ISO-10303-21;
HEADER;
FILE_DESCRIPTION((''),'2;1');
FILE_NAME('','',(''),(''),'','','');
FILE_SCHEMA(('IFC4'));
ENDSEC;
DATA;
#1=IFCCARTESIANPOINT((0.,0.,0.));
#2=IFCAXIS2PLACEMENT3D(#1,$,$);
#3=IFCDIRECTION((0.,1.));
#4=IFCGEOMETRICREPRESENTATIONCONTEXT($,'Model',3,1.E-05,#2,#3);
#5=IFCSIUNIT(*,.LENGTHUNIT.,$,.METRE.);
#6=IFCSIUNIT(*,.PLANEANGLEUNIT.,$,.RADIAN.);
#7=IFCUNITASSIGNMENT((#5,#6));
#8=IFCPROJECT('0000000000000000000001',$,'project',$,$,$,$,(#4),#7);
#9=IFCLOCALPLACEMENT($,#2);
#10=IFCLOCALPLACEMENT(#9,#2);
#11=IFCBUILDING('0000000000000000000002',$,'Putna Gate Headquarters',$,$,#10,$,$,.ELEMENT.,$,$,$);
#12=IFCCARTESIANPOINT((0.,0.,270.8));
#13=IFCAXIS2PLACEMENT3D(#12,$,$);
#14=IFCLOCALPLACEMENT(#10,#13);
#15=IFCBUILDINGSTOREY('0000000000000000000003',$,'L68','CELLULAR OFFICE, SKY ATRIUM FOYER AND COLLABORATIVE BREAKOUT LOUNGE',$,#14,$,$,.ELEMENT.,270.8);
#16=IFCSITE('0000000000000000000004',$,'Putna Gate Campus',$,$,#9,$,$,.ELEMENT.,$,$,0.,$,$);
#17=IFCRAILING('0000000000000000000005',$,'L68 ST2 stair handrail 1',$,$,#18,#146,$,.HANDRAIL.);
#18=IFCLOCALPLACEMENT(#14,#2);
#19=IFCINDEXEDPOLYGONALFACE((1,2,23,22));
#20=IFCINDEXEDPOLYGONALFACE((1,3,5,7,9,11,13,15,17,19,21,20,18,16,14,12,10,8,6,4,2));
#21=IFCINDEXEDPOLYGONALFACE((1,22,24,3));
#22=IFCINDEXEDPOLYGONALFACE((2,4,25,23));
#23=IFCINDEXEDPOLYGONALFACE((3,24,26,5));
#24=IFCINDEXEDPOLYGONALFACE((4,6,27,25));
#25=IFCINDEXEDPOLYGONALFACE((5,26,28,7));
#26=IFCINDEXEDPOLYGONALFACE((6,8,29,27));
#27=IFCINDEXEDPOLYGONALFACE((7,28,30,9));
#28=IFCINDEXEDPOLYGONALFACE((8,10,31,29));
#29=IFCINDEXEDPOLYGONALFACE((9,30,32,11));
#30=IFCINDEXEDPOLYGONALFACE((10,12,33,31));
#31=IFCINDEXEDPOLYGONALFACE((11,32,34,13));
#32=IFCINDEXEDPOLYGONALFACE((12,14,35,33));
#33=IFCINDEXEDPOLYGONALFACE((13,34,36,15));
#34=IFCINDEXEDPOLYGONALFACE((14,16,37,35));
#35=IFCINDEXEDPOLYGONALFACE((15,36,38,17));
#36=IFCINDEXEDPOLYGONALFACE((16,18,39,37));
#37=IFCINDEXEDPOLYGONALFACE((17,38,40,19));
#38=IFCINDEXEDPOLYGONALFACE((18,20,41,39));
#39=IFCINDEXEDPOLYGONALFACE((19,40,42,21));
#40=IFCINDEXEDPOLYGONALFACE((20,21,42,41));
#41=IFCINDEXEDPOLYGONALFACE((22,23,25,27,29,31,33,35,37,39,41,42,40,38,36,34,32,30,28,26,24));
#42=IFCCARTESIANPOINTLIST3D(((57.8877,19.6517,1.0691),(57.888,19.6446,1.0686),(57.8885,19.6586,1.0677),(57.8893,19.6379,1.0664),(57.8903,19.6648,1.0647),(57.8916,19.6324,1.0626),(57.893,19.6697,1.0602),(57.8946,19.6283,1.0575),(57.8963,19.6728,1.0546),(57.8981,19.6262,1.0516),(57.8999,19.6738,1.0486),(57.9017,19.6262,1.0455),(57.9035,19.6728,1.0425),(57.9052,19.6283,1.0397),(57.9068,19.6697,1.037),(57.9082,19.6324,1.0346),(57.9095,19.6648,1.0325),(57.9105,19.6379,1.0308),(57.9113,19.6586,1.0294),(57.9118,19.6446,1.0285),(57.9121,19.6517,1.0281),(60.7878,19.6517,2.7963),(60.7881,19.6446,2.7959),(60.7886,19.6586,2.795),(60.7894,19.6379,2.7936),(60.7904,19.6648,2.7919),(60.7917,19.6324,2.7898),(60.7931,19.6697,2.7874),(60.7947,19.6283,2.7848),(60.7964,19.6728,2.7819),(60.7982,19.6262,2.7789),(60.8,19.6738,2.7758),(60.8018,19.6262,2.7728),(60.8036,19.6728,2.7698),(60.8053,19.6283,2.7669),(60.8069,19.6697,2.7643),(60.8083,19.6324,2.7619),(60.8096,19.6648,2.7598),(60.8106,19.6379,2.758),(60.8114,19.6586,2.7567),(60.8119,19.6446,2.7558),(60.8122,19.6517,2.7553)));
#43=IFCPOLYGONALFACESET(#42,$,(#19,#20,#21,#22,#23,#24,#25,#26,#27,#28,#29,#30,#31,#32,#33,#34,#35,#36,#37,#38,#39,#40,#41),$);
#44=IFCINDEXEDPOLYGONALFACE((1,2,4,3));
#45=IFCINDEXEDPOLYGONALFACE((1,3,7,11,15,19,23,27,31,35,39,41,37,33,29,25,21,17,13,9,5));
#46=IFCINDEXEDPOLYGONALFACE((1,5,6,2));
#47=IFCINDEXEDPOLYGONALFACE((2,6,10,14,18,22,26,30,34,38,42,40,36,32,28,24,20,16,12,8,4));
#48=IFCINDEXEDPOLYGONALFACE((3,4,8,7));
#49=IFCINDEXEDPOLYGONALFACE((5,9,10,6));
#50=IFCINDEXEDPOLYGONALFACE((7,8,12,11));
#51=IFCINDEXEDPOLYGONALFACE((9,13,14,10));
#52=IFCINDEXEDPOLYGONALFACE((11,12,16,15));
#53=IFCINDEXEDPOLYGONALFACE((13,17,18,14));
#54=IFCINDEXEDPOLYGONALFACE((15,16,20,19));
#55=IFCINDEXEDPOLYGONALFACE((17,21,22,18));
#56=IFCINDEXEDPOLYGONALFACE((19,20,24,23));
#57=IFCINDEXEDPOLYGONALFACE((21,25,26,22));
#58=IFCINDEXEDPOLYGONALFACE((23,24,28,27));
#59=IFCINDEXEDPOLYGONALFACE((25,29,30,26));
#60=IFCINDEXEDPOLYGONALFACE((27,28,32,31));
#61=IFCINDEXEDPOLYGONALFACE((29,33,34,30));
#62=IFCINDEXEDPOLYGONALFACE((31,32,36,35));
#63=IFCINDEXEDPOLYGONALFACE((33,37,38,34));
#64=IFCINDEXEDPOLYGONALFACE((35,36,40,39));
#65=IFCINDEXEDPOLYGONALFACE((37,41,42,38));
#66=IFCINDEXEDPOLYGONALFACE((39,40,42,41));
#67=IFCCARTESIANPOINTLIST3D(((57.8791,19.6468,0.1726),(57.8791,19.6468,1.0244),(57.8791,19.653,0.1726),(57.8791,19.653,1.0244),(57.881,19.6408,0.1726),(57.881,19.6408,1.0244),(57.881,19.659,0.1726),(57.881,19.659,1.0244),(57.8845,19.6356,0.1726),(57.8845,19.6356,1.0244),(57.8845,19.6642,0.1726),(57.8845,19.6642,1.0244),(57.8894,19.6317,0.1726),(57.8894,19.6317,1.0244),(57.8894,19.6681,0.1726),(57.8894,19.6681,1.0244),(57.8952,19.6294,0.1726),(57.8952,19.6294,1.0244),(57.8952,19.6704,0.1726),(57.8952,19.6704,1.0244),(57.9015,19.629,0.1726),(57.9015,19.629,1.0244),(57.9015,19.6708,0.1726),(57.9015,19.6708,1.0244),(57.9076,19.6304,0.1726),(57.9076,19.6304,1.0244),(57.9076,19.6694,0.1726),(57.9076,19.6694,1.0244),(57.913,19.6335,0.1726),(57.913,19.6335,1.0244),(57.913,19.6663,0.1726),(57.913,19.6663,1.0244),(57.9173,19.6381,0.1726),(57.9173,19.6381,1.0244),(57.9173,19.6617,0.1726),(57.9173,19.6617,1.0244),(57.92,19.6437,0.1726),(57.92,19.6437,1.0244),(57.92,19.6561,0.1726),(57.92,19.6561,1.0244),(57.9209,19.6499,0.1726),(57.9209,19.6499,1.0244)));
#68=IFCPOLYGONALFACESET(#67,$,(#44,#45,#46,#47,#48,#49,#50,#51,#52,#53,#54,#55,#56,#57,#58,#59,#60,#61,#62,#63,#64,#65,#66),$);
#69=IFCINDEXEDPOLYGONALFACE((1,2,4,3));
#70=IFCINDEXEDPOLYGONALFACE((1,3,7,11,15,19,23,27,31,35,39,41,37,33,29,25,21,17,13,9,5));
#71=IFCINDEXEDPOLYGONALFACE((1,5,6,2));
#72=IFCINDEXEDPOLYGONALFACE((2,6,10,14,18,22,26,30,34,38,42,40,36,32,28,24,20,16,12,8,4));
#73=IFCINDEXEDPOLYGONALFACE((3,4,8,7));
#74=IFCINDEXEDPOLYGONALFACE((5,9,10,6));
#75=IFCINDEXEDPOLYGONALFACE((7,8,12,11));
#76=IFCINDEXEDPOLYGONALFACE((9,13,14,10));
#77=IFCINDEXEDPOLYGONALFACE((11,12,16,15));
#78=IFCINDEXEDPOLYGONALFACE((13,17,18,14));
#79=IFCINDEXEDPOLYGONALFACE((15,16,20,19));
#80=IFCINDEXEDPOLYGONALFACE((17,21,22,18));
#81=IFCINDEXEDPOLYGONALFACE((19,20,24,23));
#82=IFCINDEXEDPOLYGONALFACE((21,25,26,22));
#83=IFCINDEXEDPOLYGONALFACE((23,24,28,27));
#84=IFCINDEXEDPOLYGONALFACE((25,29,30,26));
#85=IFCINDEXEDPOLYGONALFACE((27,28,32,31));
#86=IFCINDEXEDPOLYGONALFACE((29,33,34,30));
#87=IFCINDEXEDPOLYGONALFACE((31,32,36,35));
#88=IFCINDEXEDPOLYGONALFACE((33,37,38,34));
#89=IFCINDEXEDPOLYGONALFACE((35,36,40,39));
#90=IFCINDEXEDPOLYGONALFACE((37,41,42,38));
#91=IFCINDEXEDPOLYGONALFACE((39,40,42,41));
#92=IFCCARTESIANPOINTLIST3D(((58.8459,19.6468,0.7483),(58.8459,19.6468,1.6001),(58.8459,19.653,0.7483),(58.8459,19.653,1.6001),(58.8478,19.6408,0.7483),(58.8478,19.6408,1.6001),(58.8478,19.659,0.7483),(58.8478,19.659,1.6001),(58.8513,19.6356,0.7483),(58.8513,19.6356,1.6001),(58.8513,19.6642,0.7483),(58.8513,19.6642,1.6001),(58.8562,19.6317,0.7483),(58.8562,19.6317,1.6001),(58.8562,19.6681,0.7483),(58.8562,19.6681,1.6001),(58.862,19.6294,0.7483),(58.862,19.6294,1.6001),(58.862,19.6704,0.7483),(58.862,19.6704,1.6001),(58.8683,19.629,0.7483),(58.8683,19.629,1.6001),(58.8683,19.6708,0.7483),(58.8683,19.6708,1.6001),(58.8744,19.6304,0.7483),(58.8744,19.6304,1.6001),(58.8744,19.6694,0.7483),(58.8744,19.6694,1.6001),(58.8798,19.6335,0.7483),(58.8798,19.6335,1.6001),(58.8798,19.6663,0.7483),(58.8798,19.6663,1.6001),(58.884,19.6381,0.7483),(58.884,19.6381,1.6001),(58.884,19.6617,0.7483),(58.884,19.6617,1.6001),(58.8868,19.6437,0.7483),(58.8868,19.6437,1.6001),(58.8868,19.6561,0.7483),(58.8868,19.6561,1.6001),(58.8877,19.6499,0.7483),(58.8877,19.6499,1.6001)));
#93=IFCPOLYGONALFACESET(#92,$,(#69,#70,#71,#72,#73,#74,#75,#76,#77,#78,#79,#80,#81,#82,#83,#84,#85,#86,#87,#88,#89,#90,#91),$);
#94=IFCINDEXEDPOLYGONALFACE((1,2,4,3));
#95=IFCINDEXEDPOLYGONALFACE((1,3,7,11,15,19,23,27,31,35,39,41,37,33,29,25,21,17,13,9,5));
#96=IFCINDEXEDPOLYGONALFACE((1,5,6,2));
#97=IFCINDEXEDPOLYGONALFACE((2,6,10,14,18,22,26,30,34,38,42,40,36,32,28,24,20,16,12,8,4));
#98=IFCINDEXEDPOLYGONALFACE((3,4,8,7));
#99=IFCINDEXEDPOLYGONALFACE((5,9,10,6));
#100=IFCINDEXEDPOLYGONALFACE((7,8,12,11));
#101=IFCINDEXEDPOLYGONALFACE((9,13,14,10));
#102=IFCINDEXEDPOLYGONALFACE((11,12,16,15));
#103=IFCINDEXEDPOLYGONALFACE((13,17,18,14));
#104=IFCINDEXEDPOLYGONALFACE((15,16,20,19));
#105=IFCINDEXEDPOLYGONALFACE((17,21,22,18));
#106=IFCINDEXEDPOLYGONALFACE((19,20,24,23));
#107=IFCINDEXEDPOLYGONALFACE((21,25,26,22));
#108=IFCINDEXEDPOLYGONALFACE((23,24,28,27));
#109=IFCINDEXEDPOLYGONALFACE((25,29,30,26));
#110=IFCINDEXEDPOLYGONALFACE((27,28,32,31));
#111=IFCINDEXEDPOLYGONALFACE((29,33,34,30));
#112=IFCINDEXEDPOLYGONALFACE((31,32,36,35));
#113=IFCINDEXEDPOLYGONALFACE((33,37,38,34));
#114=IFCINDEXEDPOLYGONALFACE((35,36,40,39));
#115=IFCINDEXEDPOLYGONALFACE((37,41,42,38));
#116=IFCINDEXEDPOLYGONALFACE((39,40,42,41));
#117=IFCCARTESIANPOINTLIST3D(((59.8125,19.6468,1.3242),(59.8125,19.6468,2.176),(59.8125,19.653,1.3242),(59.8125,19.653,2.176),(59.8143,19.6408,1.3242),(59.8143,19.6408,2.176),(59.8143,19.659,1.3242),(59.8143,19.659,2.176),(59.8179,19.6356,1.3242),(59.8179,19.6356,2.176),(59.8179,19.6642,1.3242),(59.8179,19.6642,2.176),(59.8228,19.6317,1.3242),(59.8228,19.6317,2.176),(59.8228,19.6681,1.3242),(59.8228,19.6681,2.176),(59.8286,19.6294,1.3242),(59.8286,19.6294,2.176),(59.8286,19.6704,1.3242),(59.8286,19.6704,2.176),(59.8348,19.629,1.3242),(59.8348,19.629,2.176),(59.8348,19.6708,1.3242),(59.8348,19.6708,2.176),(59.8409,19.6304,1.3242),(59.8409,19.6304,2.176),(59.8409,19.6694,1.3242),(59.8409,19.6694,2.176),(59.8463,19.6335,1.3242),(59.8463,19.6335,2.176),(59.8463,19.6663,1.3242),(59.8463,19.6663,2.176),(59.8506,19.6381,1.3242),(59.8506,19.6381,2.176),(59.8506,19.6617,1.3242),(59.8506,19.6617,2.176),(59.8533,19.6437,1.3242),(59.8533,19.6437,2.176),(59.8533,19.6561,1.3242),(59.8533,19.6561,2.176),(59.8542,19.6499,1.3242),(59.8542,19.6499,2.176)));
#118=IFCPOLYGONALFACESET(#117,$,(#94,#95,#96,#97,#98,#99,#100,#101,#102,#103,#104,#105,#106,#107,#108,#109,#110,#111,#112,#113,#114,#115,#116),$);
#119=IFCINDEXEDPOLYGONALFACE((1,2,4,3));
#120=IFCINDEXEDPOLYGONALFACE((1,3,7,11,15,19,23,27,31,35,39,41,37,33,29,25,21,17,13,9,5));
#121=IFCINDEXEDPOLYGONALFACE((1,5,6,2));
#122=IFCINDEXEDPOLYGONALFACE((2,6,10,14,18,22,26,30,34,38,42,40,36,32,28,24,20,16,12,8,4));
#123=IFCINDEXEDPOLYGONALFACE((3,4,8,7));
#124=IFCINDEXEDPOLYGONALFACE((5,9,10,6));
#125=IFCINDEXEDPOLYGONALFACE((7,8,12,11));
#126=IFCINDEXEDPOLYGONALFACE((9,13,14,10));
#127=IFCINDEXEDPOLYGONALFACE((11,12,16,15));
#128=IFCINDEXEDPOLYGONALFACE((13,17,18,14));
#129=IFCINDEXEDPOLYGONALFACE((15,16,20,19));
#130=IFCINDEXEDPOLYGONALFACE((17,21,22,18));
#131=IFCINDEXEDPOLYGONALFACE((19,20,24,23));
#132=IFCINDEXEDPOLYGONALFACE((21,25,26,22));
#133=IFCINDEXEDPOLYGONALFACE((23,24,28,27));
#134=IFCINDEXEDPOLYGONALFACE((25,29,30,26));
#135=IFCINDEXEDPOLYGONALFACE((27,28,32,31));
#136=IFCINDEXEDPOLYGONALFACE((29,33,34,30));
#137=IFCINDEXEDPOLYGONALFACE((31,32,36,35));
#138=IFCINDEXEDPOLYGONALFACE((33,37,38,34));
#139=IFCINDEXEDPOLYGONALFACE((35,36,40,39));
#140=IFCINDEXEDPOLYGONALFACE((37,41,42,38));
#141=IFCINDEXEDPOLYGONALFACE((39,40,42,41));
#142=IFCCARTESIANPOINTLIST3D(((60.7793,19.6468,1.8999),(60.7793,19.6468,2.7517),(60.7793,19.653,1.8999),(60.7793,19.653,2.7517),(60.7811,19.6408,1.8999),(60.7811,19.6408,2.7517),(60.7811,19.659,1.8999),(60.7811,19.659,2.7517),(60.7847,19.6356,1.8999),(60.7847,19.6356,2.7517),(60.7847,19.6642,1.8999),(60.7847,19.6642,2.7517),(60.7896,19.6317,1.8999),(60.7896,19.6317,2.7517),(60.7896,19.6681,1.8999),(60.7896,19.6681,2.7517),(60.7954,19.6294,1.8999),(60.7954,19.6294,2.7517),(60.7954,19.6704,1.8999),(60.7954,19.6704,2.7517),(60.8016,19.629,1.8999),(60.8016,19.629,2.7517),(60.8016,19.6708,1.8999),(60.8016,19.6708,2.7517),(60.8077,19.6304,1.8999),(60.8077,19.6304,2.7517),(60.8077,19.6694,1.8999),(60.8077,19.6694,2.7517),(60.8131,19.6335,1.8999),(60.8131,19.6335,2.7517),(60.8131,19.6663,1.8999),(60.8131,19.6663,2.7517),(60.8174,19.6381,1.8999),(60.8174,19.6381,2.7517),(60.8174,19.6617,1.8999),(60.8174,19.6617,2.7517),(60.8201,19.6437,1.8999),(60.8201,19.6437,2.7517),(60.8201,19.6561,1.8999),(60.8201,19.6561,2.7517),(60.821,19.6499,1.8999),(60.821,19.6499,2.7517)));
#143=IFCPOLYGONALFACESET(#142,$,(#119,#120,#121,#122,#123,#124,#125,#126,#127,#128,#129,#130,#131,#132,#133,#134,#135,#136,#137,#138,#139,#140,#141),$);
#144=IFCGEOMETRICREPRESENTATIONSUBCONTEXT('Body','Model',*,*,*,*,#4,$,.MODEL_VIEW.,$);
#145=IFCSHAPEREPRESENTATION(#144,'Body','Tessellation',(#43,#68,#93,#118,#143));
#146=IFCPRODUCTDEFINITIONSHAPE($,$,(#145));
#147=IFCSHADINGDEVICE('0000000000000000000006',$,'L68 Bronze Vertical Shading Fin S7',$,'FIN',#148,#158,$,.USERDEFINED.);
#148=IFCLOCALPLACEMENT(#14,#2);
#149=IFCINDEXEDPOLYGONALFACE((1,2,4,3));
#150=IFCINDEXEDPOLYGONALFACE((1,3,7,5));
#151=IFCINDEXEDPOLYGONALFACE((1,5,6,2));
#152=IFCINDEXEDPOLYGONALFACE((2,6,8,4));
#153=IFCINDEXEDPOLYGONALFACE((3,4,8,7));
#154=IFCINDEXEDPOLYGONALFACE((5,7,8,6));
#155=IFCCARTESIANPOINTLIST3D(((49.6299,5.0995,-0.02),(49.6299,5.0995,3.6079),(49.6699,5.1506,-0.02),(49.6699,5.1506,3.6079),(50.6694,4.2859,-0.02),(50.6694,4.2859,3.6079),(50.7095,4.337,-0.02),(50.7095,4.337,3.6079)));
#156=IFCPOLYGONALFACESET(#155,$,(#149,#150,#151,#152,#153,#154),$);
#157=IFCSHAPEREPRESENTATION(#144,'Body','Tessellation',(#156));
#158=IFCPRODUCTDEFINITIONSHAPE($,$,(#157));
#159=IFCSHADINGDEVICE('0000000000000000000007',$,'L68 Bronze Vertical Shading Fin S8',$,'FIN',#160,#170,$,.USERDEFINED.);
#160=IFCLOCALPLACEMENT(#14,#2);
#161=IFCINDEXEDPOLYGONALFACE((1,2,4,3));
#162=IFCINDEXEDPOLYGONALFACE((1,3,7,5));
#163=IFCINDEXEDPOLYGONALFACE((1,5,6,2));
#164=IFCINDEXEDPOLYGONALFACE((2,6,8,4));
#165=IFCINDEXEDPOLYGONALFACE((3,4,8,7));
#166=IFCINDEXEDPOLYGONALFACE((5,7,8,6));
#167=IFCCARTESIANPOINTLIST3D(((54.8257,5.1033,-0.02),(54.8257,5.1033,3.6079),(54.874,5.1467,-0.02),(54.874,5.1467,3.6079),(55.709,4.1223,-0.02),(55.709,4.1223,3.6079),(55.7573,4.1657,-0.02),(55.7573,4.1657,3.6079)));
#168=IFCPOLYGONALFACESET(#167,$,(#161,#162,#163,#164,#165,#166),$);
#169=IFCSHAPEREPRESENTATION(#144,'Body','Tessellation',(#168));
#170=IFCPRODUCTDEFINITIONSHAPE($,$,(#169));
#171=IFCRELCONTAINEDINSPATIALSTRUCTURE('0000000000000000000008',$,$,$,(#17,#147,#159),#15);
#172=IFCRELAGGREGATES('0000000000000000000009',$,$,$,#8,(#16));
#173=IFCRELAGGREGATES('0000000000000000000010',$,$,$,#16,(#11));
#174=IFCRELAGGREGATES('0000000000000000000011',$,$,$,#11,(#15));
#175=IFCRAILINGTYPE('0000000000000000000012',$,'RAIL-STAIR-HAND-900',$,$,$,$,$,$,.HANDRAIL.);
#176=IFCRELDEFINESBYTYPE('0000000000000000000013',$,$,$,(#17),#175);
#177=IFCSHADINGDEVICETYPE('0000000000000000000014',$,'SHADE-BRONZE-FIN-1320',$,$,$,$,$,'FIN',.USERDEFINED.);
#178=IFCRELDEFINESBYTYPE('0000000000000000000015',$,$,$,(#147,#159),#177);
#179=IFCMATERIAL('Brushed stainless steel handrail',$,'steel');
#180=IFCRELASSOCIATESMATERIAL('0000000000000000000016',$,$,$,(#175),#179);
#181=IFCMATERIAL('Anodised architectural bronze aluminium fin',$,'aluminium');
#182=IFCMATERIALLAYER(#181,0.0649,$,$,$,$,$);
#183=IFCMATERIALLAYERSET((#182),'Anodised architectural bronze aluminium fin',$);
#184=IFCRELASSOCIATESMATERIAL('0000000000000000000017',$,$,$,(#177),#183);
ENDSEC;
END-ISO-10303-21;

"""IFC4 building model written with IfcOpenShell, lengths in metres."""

from ifc_helpers import new_model, si_unit, direction, frame, origin, origin_2d, place, context, subcontext, project, spatial, rectangle, circle, extrude, material, layer, layer_set, type_object, element, save


model = new_model("IFC4")

# Units and contexts
model_context = context("Model", 3, precision=1e-05, world=origin(), true_north=direction((0.0, 1.0)))
body_context = subcontext(model_context, "Body", "Model", "MODEL_VIEW")
ifc_project = project(units=[si_unit("LENGTHUNIT", "METRE"), si_unit("PLANEANGLEUNIT", "RADIAN")], contexts=[model_context])

# Site, building, storey
site_placement = place(None, origin())
site = spatial("IfcSite", under=ifc_project, at=site_placement, Name="Putna Gate Campus", CompositionType="ELEMENT", RefElevation=0.0)
building_placement = place(site_placement, origin())
building = spatial("IfcBuilding", under=site, at=building_placement, Name="Putna Gate Headquarters", CompositionType="ELEMENT")
storey_placement = place(building_placement, frame((0.0, 0.0, 270.8)))
storey = spatial("IfcBuildingStorey", under=building, at=storey_placement, Name="L68", Description="CELLULAR OFFICE, SKY ATRIUM FOYER AND COLLABORATIVE BREAKOUT LOUNGE", CompositionType="ELEMENT", Elevation=270.8)

# Railing
ifc_material_1 = material(Name="Brushed stainless steel handrail", Category="steel")
railing_type = type_object("IfcRailingType", Name="RAIL-STAIR-HAND-900", PredefinedType="HANDRAIL", material=ifc_material_1)
railing_placement = place(storey_placement, frame((57.8999, 19.6499, 0.1726)))
element("IfcRailing", 1, at=railing_placement, inside=storey, type_object=railing_type, Name="L68 ST2 stair handrail 1", PredefinedType="HANDRAIL", context=body_context, shape_type="SweptSolid", body=[
    extrude(circle(Radius=0.0239, at=origin_2d()), frame((0.0, 0.0, 0.876), z_axis=(0.85916, 0.0, 0.511706), x_axis=(0.0, 1.0, 0.0)), (0.0, 0.0, 1.0), 3.3755),
    extrude(circle(Radius=0.021, at=origin_2d()), origin(), (0.0, 0.0, 1.0), 0.8518),
    extrude(circle(Radius=0.021, at=origin_2d()), frame((0.9668, 0.0, 0.5757)), (0.0, 0.0, 1.0), 0.8518),
    extrude(circle(Radius=0.021, at=origin_2d()), frame((1.9333, 0.0, 1.1516)), (0.0, 0.0, 1.0), 0.8518),
    extrude(circle(Radius=0.021, at=origin_2d()), frame((2.9001, 0.0, 1.7273)), (0.0, 0.0, 1.0), 0.8518),
])

# Shading devices
ifc_material_2 = material(Name="Anodised architectural bronze aluminium fin", Category="aluminium")
ifc_layer_1 = layer(ifc_material_2, 0.0649)
ifc_layer_set_1 = layer_set([ifc_layer_1], Name="Anodised architectural bronze aluminium fin")
shading_device_type = type_object("IfcShadingDeviceType", Name="SHADE-BRONZE-FIN-1320", ElementType="FIN", PredefinedType="USERDEFINED", material=ifc_layer_set_1)
for number, where, z_axis, x_axis, name in (
    (2, (50.1697, 4.7183, -0.02), (0.0, 0.0, 1.0), (0.787473, -0.616349, 0.0), "L68 Bronze Vertical Shading Fin S7"),
    (3, (55.2915, 4.6345, -0.02), (0.0, 0.0, 1.0), (0.669131, -0.743145, 0.0), "L68 Bronze Vertical Shading Fin S8"),
):
    element("IfcShadingDevice", number, at=place(storey_placement, frame(where, z_axis=z_axis, x_axis=x_axis)), inside=storey, type_object=shading_device_type, Name=name, ObjectType="FIN", PredefinedType="USERDEFINED", context=body_context, shape_type="SweptSolid", body=[
        extrude(rectangle(XDim=1.3201, YDim=0.0649, at=origin_2d()), origin(), (0.0, 0.0, 1.0), 3.6279),
    ])

save(model, "model.ifc")
